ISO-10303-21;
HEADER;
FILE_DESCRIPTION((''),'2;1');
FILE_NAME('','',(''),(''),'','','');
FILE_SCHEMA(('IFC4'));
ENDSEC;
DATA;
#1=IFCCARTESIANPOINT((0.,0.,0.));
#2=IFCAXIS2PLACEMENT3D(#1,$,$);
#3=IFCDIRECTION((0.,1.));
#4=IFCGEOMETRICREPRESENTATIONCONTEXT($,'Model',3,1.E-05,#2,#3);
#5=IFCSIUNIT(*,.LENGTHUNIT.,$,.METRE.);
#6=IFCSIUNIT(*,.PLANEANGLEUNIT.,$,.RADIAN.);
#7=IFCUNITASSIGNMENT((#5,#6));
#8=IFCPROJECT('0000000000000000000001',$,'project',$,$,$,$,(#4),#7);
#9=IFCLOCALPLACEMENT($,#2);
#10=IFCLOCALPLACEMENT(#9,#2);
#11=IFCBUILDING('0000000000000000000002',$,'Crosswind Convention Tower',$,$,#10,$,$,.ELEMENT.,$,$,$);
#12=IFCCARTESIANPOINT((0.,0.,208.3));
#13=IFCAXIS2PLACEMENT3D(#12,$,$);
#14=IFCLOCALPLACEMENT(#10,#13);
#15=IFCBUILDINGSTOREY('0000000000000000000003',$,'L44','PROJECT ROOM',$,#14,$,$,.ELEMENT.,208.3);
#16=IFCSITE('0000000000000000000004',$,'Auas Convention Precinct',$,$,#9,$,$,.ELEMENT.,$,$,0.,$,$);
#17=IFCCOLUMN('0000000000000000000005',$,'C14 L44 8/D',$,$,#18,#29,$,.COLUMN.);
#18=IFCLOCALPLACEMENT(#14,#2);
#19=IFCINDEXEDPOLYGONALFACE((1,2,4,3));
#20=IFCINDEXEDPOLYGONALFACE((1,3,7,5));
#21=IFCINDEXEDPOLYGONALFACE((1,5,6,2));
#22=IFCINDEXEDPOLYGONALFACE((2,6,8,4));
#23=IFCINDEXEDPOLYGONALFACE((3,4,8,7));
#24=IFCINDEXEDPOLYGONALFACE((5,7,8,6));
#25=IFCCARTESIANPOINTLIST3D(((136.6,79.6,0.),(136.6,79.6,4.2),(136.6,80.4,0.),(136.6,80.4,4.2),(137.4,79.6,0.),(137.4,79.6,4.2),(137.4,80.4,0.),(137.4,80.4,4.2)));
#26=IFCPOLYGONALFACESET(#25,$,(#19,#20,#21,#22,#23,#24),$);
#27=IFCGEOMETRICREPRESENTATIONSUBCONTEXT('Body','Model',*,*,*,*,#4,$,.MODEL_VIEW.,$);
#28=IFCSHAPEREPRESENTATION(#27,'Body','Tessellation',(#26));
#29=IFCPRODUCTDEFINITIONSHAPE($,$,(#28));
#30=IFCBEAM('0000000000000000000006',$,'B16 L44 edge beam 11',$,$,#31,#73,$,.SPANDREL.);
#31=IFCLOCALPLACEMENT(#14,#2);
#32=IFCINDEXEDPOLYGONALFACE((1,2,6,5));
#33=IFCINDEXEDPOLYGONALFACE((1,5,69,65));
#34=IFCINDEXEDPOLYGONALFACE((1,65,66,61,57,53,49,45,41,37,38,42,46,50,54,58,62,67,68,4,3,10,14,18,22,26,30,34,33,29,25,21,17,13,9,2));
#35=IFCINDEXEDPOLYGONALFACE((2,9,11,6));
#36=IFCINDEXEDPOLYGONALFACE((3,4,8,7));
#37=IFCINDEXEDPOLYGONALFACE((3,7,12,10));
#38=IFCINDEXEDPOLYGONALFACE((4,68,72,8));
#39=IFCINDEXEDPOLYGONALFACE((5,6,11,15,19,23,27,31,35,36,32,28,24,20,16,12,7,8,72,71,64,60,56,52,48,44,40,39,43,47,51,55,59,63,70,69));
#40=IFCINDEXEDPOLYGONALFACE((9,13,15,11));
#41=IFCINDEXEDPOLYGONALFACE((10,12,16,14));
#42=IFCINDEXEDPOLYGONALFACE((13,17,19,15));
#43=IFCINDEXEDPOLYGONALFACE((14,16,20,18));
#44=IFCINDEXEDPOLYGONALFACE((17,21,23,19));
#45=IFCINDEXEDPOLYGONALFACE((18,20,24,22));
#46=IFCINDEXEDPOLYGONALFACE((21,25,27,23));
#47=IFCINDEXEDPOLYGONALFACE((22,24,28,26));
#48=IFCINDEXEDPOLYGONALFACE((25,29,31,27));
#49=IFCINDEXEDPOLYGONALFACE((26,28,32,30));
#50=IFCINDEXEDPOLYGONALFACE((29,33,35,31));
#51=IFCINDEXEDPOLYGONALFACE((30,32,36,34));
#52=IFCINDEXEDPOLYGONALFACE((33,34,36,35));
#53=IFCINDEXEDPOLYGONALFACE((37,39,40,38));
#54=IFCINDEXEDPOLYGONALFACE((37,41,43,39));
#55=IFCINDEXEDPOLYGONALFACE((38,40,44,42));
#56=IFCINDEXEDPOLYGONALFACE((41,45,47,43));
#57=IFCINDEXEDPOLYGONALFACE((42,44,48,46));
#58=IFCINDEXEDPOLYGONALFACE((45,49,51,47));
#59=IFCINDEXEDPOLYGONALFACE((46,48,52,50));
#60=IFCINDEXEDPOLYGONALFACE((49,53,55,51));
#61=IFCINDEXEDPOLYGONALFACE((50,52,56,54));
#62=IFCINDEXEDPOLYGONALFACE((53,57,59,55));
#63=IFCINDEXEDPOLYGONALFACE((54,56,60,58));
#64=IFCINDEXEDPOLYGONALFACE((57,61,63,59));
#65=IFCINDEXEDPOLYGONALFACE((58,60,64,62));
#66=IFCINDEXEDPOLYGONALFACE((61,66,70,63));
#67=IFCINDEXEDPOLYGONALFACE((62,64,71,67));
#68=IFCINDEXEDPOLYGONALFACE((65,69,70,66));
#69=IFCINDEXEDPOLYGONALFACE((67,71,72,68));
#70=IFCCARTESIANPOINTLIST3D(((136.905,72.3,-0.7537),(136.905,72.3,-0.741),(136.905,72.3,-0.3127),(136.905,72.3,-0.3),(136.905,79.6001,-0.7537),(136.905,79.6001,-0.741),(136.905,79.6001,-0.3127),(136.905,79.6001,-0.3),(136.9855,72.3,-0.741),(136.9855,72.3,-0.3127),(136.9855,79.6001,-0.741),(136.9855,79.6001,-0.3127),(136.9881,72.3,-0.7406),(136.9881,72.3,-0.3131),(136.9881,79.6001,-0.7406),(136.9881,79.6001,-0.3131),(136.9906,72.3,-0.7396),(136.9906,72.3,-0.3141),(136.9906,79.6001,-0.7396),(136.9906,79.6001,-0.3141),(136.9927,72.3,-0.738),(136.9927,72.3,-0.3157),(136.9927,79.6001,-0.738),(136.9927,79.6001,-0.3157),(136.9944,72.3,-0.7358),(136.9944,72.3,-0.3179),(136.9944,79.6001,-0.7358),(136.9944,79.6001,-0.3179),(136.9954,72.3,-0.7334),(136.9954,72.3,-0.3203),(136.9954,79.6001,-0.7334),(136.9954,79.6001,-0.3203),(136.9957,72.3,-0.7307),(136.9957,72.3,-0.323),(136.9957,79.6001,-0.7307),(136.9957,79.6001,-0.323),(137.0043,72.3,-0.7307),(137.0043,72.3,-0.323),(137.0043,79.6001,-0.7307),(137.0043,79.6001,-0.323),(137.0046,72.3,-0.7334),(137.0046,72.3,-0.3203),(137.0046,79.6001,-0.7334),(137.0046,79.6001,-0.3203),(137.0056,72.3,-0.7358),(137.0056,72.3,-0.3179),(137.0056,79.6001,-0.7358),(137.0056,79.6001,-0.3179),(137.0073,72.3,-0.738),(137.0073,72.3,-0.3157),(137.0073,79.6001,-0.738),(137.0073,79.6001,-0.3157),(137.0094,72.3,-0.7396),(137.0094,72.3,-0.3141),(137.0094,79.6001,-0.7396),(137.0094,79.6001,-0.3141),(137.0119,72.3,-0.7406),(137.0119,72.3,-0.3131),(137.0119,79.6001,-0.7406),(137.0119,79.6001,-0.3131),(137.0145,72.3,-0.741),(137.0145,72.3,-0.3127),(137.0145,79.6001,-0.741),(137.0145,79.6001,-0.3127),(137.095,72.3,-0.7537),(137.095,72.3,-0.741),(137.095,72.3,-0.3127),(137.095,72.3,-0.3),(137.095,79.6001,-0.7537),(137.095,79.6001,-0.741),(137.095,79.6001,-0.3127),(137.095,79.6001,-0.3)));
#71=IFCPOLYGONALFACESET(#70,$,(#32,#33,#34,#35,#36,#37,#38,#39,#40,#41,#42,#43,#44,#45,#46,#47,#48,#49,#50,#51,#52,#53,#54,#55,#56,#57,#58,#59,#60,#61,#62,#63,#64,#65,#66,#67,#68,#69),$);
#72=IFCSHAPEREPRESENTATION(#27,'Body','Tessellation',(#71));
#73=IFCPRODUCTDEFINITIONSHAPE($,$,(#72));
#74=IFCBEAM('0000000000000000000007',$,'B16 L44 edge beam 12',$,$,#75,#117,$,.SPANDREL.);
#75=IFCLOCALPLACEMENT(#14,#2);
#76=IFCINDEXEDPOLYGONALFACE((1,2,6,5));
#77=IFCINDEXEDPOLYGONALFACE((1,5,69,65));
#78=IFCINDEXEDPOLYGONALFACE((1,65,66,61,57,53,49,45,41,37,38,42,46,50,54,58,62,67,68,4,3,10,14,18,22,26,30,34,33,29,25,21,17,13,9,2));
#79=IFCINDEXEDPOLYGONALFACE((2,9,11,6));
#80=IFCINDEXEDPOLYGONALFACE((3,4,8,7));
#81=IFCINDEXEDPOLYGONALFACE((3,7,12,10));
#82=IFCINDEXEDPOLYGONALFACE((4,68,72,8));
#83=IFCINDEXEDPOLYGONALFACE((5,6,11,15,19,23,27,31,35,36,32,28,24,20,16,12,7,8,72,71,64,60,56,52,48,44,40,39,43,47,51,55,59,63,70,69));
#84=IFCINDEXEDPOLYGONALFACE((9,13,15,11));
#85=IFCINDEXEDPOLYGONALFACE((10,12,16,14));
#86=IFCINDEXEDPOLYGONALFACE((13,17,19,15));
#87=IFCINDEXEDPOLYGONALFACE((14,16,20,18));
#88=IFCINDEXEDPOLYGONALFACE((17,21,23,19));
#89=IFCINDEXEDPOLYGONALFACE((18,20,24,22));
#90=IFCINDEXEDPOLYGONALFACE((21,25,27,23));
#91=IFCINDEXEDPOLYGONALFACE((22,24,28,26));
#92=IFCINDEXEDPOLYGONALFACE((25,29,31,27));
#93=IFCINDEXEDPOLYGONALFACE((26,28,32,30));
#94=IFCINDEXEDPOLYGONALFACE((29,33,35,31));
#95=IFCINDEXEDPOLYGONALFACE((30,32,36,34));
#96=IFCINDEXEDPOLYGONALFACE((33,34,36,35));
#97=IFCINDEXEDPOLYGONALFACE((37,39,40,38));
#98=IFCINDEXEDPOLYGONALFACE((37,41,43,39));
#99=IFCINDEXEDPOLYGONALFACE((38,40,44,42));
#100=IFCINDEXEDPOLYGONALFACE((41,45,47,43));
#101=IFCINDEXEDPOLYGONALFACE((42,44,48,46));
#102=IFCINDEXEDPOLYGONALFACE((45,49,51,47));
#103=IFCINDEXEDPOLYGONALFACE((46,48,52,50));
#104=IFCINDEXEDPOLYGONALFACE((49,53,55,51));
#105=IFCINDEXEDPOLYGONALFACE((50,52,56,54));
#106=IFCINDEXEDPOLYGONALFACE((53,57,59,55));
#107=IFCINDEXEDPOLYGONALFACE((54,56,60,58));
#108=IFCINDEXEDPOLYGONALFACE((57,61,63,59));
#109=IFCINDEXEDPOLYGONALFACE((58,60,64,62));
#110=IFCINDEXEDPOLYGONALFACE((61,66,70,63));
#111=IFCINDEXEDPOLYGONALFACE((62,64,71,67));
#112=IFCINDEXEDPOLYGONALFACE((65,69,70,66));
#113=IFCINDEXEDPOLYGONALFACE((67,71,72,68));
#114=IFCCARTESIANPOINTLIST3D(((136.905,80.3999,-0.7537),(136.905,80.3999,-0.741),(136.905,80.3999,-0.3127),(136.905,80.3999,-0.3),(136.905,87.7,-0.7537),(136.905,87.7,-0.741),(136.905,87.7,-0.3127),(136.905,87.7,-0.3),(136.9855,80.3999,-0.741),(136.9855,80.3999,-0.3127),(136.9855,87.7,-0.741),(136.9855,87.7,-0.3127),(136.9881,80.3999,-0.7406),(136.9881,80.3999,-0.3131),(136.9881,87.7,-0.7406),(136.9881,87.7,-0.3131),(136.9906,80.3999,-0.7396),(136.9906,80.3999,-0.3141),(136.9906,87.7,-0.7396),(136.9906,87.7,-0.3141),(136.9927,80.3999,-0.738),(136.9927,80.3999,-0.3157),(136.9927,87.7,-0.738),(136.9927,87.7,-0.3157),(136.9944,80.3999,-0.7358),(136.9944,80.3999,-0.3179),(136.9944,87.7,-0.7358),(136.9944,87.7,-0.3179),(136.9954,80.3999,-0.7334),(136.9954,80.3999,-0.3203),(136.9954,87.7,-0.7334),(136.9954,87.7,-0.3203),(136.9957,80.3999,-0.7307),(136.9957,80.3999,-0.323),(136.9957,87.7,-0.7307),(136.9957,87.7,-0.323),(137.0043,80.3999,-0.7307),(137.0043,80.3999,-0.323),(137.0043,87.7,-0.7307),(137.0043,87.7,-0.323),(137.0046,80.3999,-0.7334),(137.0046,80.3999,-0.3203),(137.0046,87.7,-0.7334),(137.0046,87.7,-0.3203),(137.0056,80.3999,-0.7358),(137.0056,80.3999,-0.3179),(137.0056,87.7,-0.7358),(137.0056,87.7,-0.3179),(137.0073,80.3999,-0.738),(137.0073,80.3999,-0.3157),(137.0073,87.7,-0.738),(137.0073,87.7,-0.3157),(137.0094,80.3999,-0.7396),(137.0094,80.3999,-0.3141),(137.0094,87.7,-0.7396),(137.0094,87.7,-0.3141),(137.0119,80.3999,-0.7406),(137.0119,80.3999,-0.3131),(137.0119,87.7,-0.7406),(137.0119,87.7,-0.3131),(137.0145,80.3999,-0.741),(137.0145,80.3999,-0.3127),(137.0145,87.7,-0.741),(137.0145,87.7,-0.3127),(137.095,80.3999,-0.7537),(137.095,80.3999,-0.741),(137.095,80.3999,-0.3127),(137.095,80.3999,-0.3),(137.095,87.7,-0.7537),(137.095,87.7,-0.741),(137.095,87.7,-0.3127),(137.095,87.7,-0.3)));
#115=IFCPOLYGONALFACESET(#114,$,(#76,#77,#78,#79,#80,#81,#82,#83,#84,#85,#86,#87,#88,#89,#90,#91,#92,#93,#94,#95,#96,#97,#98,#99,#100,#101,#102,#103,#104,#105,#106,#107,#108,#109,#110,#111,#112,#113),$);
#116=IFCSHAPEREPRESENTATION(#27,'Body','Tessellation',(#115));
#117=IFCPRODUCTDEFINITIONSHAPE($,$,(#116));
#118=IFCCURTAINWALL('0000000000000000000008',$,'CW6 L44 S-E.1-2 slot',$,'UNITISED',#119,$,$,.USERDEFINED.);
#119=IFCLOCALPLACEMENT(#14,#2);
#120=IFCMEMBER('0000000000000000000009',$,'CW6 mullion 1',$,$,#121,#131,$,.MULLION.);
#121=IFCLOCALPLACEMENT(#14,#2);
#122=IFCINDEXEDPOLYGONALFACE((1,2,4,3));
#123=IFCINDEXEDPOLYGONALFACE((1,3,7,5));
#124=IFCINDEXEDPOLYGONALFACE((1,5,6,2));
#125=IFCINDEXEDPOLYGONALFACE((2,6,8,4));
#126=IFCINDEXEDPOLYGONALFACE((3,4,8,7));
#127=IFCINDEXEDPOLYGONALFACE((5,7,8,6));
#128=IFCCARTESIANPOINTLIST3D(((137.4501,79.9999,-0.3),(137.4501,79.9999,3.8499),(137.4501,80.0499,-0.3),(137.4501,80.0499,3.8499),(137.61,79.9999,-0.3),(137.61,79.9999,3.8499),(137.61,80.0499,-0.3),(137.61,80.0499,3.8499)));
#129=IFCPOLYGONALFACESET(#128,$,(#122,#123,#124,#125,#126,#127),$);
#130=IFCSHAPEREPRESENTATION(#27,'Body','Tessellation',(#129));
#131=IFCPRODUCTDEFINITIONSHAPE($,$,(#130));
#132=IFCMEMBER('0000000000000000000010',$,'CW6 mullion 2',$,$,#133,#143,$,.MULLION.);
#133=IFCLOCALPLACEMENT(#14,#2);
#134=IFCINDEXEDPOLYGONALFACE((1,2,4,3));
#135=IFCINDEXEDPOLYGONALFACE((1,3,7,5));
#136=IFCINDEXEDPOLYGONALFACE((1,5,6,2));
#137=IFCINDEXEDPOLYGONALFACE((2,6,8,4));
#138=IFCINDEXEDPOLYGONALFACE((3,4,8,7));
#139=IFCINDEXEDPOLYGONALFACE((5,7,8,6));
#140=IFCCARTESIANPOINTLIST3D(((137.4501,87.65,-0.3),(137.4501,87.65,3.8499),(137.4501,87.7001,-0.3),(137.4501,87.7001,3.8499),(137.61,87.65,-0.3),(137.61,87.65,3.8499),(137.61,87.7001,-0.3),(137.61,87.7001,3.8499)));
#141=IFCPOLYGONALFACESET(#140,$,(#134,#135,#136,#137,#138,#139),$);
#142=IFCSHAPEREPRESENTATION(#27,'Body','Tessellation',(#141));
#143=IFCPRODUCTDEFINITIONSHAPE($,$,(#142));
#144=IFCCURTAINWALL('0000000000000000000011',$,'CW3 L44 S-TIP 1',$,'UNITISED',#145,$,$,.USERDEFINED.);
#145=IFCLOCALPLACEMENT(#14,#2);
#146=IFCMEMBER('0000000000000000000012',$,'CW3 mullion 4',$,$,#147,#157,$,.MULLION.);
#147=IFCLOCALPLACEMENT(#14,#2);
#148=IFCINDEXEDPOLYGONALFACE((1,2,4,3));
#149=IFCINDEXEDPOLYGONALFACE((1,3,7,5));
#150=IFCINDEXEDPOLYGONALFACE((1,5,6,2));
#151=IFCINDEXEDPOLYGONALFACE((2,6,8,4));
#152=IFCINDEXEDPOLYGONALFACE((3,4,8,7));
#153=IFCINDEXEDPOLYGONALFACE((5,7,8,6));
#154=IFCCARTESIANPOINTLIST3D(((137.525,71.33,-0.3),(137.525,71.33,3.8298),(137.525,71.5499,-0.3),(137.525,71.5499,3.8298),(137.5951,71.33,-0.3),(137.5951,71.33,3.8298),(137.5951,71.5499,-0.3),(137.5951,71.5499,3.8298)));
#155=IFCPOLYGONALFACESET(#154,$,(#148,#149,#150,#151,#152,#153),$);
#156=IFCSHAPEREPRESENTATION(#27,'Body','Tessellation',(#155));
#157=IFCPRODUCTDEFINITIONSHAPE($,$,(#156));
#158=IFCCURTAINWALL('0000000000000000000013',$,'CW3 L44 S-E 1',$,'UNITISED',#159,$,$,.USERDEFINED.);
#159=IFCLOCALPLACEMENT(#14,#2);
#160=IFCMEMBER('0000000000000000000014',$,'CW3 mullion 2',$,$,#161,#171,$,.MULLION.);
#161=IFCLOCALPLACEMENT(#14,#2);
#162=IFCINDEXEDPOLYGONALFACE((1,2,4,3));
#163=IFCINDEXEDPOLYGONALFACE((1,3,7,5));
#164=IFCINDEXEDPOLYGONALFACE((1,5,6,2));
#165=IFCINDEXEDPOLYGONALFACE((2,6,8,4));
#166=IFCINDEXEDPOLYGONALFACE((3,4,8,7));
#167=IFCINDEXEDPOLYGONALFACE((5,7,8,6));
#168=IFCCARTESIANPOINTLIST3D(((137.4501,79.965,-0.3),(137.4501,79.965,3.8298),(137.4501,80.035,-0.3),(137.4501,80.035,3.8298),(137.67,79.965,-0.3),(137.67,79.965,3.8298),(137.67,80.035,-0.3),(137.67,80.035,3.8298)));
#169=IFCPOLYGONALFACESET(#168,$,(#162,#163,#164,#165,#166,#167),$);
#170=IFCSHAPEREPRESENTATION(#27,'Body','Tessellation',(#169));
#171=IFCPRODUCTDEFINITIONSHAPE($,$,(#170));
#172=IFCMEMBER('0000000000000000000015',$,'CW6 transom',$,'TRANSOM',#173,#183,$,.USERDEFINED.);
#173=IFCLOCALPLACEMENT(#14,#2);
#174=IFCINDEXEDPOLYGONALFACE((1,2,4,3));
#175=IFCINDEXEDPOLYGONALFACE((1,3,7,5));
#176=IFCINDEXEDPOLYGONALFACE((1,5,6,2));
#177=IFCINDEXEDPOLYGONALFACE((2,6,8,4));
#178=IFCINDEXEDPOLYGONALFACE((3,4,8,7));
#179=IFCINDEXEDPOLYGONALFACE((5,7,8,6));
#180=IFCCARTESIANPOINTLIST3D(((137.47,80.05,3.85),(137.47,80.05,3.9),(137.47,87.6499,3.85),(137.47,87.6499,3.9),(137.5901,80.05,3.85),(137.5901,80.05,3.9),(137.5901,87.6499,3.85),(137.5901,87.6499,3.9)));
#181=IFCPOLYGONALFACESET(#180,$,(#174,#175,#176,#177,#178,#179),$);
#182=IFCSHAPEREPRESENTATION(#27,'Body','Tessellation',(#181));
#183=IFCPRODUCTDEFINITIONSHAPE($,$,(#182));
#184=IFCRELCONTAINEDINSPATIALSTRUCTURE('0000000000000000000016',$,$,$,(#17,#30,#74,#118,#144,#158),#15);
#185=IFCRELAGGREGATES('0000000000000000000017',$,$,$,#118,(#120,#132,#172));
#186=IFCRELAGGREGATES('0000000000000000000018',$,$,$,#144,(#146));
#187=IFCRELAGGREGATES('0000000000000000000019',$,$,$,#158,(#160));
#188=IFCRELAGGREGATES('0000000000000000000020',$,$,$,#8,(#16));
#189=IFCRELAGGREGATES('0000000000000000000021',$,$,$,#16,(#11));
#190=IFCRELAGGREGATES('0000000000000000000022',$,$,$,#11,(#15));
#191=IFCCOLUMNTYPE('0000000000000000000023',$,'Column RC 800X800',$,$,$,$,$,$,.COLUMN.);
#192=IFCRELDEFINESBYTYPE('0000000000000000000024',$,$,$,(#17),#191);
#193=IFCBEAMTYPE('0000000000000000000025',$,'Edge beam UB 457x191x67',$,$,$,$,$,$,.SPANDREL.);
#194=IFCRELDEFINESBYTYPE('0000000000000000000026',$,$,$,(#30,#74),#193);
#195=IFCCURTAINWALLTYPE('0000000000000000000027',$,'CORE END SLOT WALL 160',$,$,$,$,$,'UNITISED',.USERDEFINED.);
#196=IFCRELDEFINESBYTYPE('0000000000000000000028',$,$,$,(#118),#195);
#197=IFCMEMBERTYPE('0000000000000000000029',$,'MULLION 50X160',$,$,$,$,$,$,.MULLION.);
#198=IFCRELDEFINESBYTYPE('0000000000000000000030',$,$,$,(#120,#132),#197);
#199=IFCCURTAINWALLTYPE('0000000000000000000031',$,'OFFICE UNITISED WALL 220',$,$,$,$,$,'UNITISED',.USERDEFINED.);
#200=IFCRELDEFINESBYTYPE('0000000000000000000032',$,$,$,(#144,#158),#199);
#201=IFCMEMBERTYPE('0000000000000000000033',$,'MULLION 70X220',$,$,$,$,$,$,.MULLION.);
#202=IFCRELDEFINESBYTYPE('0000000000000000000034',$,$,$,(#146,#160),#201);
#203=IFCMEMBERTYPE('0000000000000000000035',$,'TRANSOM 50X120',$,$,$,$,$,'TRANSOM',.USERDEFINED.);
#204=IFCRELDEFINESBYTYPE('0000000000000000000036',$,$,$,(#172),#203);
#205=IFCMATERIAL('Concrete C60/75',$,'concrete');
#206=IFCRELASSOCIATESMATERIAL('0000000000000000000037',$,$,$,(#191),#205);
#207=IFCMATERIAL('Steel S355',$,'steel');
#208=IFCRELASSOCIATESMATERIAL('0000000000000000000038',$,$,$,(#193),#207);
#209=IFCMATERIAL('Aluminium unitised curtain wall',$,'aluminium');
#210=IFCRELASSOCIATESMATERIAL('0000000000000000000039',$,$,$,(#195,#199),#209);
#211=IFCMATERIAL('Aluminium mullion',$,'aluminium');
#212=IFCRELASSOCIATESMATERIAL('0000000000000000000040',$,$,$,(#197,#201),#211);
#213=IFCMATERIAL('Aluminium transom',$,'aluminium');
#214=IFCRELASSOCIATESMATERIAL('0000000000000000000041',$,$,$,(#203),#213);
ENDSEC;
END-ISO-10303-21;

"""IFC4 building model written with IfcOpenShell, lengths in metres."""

from ifc_helpers import new_model, si_unit, direction, frame, origin, origin_2d, place, context, subcontext, project, spatial, rectangle, i_section, extrude, material, material_profile, profile_set, type_object, element, aggregate, save


model = new_model("IFC4")

# Units and contexts
model_context = context("Model", 3, precision=1e-05, world=origin(), true_north=direction((0.0, 1.0)))
body_context = subcontext(model_context, "Body", "Model", "MODEL_VIEW")
ifc_project = project(units=[si_unit("LENGTHUNIT", "METRE"), si_unit("PLANEANGLEUNIT", "RADIAN")], contexts=[model_context])

# Site, building, storey
site_placement = place(None, origin())
site = spatial("IfcSite", under=ifc_project, at=site_placement, Name="Auas Convention Precinct", CompositionType="ELEMENT", RefElevation=0.0)
building_placement = place(site_placement, origin())
building = spatial("IfcBuilding", under=site, at=building_placement, Name="Crosswind Convention Tower", CompositionType="ELEMENT")
storey_placement = place(building_placement, frame((0.0, 0.0, 208.3)))
storey = spatial("IfcBuildingStorey", under=building, at=storey_placement, Name="L44", Description="PROJECT ROOM", CompositionType="ELEMENT", Elevation=208.3)

# Column
ifc_material_1 = material(Name="Concrete C60/75", Category="concrete")
ifc_material_profile_1 = material_profile(ifc_material_1, rectangle(XDim=0.8, YDim=0.8, at=origin_2d()), Name="RC 800X800")
ifc_profile_set_1 = profile_set([ifc_material_profile_1], Name="Concrete C60/75")
column_type = type_object("IfcColumnType", Name="Column RC 800X800", PredefinedType="COLUMN", material=ifc_profile_set_1)
column_placement = place(storey_placement, frame((137.0, 80.0, 0.0), z_axis=(0.0, 0.0, 1.0), x_axis=(1.0, 0.0, 0.0)))
element("IfcColumn", 1, at=column_placement, inside=storey, type_object=column_type, Name="C14 L44 8/D", PredefinedType="COLUMN", context=body_context, shape_type="SweptSolid", body=[
    extrude(rectangle(XDim=0.8, YDim=0.8, at=origin_2d()), origin(), (0.0, 0.0, 1.0), 4.2),
])

# Beams
ifc_material_2 = material(Name="Steel S355", Category="steel")
ifc_material_profile_2 = material_profile(ifc_material_2, i_section(OverallWidth=0.1899, OverallDepth=0.4536, WebThickness=0.0085, FlangeThickness=0.0127, FilletRadius=0.0103, at=origin_2d()), Name="UB 457x191x67")
ifc_profile_set_2 = profile_set([ifc_material_profile_2], Name="Steel S355")
beam_type = type_object("IfcBeamType", Name="Edge beam UB 457x191x67", PredefinedType="SPANDREL", material=ifc_profile_set_2)
for number, where, z_axis, x_axis, name in (
    (2, (137.0, 72.3, -0.5269), (0.0, 1.0, 0.0), (-1.0, 0.0, 0.0), "B16 L44 edge beam 11"),
    (3, (137.0, 80.3999, -0.5269), (0.0, 1.0, 0.0), (-1.0, 0.0, 0.0), "B16 L44 edge beam 12"),
):
    element("IfcBeam", number, at=place(storey_placement, frame(where, z_axis=z_axis, x_axis=x_axis)), inside=storey, type_object=beam_type, Name=name, PredefinedType="SPANDREL", context=body_context, shape_type="SweptSolid", body=[
        extrude(i_section(OverallWidth=0.1899, OverallDepth=0.4536, WebThickness=0.0085, FlangeThickness=0.0127, FilletRadius=0.0103, at=origin_2d()), origin(), (0.0, 0.0, 1.0), 7.3),
    ])

# Curtain wall, members
ifc_material_3 = material(Name="Aluminium unitised curtain wall", Category="aluminium")
curtain_wall_type_1 = type_object("IfcCurtainWallType", Name="CORE END SLOT WALL 160", ElementType="UNITISED", PredefinedType="USERDEFINED", material=ifc_material_3)
curtain_wall_1_placement = place(storey_placement, origin())
curtain_wall_1 = element("IfcCurtainWall", 4, at=curtain_wall_1_placement, inside=storey, type_object=curtain_wall_type_1, Name="CW6 L44 S-E.1-2 slot", ObjectType="UNITISED", PredefinedType="USERDEFINED")
ifc_material_4 = material(Name="Aluminium mullion", Category="aluminium")
ifc_material_profile_3 = material_profile(ifc_material_4, rectangle(XDim=0.1599, YDim=0.05, at=origin_2d()), Name="AL 160X50")
ifc_profile_set_3 = profile_set([ifc_material_profile_3], Name="Aluminium mullion")
member_type_1 = type_object("IfcMemberType", Name="MULLION 50X160", PredefinedType="MULLION", material=ifc_profile_set_3)
member_1_placement = place(storey_placement, frame((137.53, 80.0249, -0.3), z_axis=(0.0, 0.0, 1.0), x_axis=(1.0, 0.0, 0.0)))
member_1 = element("IfcMember", 5, at=member_1_placement, type_object=member_type_1, Name="CW6 mullion 1", PredefinedType="MULLION", context=body_context, shape_type="SweptSolid", body=[
    extrude(rectangle(XDim=0.1599, YDim=0.05, at=origin_2d()), origin(), (0.0, 0.0, 1.0), 4.1499),
])
member_2_placement = place(storey_placement, frame((137.53, 87.675, -0.3), z_axis=(0.0, 0.0, 1.0), x_axis=(1.0, 0.0, 0.0)))
member_2 = element("IfcMember", 6, at=member_2_placement, type_object=member_type_1, Name="CW6 mullion 2", PredefinedType="MULLION", context=body_context, shape_type="SweptSolid", body=[
    extrude(rectangle(XDim=0.1599, YDim=0.05, at=origin_2d()), origin(), (0.0, 0.0, 1.0), 4.1499),
])

# Curtain walls, members
curtain_wall_type_2 = type_object("IfcCurtainWallType", Name="OFFICE UNITISED WALL 220", ElementType="UNITISED", PredefinedType="USERDEFINED", material=ifc_material_3)
curtain_wall_2_placement = place(storey_placement, origin())
curtain_wall_2 = element("IfcCurtainWall", 7, at=curtain_wall_2_placement, inside=storey, type_object=curtain_wall_type_2, Name="CW3 L44 S-TIP 1", ObjectType="UNITISED", PredefinedType="USERDEFINED")
ifc_material_profile_4 = material_profile(ifc_material_4, rectangle(XDim=0.22, YDim=0.0701, at=origin_2d()), Name="AL 220X70")
ifc_profile_set_4 = profile_set([ifc_material_profile_4], Name="Aluminium mullion")
member_type_2 = type_object("IfcMemberType", Name="MULLION 70X220", PredefinedType="MULLION", material=ifc_profile_set_4)
member_3_placement = place(storey_placement, frame((137.5601, 71.4399, -0.3), z_axis=(0.0, 0.0, 1.0), x_axis=(0.0, -1.0, 0.0)))
member_3 = element("IfcMember", 8, at=member_3_placement, type_object=member_type_2, Name="CW3 mullion 4", PredefinedType="MULLION", context=body_context, shape_type="SweptSolid", body=[
    extrude(rectangle(XDim=0.22, YDim=0.0701, at=origin_2d()), origin(), (0.0, 0.0, 1.0), 4.1299),
])
curtain_wall_3_placement = place(storey_placement, origin())
curtain_wall_3 = element("IfcCurtainWall", 9, at=curtain_wall_3_placement, inside=storey, type_object=curtain_wall_type_2, Name="CW3 L44 S-E 1", ObjectType="UNITISED", PredefinedType="USERDEFINED")
member_4_placement = place(storey_placement, frame((137.5601, 80.0, -0.3), z_axis=(0.0, 0.0, 1.0), x_axis=(1.0, 0.0, 0.0)))
member_4 = element("IfcMember", 10, at=member_4_placement, type_object=member_type_2, Name="CW3 mullion 2", PredefinedType="MULLION", context=body_context, shape_type="SweptSolid", body=[
    extrude(rectangle(XDim=0.22, YDim=0.0701, at=origin_2d()), origin(), (0.0, 0.0, 1.0), 4.1299),
])

# Member
ifc_material_5 = material(Name="Aluminium transom", Category="aluminium")
ifc_material_profile_5 = material_profile(ifc_material_5, rectangle(XDim=0.1201, YDim=0.05, at=origin_2d()), Name="AL 120X50")
ifc_profile_set_5 = profile_set([ifc_material_profile_5], Name="Aluminium transom")
member_type_3 = type_object("IfcMemberType", Name="TRANSOM 50X120", ElementType="TRANSOM", PredefinedType="USERDEFINED", material=ifc_profile_set_5)
member_5_placement = place(storey_placement, frame((137.53, 80.05, 3.875), z_axis=(0.0, 1.0, 0.0), x_axis=(-1.0, 0.0, 0.0)))
member_5 = element("IfcMember", 11, at=member_5_placement, type_object=member_type_3, Name="CW6 transom", ObjectType="TRANSOM", PredefinedType="USERDEFINED", context=body_context, shape_type="SweptSolid", body=[
    extrude(rectangle(XDim=0.1201, YDim=0.05, at=origin_2d()), origin(), (0.0, 0.0, 1.0), 7.5999),
])

aggregate(curtain_wall_1, [member_1, member_2, member_5])
aggregate(curtain_wall_2, [member_3])

aggregate(curtain_wall_3, [member_4])

save(model, "model.ifc")
